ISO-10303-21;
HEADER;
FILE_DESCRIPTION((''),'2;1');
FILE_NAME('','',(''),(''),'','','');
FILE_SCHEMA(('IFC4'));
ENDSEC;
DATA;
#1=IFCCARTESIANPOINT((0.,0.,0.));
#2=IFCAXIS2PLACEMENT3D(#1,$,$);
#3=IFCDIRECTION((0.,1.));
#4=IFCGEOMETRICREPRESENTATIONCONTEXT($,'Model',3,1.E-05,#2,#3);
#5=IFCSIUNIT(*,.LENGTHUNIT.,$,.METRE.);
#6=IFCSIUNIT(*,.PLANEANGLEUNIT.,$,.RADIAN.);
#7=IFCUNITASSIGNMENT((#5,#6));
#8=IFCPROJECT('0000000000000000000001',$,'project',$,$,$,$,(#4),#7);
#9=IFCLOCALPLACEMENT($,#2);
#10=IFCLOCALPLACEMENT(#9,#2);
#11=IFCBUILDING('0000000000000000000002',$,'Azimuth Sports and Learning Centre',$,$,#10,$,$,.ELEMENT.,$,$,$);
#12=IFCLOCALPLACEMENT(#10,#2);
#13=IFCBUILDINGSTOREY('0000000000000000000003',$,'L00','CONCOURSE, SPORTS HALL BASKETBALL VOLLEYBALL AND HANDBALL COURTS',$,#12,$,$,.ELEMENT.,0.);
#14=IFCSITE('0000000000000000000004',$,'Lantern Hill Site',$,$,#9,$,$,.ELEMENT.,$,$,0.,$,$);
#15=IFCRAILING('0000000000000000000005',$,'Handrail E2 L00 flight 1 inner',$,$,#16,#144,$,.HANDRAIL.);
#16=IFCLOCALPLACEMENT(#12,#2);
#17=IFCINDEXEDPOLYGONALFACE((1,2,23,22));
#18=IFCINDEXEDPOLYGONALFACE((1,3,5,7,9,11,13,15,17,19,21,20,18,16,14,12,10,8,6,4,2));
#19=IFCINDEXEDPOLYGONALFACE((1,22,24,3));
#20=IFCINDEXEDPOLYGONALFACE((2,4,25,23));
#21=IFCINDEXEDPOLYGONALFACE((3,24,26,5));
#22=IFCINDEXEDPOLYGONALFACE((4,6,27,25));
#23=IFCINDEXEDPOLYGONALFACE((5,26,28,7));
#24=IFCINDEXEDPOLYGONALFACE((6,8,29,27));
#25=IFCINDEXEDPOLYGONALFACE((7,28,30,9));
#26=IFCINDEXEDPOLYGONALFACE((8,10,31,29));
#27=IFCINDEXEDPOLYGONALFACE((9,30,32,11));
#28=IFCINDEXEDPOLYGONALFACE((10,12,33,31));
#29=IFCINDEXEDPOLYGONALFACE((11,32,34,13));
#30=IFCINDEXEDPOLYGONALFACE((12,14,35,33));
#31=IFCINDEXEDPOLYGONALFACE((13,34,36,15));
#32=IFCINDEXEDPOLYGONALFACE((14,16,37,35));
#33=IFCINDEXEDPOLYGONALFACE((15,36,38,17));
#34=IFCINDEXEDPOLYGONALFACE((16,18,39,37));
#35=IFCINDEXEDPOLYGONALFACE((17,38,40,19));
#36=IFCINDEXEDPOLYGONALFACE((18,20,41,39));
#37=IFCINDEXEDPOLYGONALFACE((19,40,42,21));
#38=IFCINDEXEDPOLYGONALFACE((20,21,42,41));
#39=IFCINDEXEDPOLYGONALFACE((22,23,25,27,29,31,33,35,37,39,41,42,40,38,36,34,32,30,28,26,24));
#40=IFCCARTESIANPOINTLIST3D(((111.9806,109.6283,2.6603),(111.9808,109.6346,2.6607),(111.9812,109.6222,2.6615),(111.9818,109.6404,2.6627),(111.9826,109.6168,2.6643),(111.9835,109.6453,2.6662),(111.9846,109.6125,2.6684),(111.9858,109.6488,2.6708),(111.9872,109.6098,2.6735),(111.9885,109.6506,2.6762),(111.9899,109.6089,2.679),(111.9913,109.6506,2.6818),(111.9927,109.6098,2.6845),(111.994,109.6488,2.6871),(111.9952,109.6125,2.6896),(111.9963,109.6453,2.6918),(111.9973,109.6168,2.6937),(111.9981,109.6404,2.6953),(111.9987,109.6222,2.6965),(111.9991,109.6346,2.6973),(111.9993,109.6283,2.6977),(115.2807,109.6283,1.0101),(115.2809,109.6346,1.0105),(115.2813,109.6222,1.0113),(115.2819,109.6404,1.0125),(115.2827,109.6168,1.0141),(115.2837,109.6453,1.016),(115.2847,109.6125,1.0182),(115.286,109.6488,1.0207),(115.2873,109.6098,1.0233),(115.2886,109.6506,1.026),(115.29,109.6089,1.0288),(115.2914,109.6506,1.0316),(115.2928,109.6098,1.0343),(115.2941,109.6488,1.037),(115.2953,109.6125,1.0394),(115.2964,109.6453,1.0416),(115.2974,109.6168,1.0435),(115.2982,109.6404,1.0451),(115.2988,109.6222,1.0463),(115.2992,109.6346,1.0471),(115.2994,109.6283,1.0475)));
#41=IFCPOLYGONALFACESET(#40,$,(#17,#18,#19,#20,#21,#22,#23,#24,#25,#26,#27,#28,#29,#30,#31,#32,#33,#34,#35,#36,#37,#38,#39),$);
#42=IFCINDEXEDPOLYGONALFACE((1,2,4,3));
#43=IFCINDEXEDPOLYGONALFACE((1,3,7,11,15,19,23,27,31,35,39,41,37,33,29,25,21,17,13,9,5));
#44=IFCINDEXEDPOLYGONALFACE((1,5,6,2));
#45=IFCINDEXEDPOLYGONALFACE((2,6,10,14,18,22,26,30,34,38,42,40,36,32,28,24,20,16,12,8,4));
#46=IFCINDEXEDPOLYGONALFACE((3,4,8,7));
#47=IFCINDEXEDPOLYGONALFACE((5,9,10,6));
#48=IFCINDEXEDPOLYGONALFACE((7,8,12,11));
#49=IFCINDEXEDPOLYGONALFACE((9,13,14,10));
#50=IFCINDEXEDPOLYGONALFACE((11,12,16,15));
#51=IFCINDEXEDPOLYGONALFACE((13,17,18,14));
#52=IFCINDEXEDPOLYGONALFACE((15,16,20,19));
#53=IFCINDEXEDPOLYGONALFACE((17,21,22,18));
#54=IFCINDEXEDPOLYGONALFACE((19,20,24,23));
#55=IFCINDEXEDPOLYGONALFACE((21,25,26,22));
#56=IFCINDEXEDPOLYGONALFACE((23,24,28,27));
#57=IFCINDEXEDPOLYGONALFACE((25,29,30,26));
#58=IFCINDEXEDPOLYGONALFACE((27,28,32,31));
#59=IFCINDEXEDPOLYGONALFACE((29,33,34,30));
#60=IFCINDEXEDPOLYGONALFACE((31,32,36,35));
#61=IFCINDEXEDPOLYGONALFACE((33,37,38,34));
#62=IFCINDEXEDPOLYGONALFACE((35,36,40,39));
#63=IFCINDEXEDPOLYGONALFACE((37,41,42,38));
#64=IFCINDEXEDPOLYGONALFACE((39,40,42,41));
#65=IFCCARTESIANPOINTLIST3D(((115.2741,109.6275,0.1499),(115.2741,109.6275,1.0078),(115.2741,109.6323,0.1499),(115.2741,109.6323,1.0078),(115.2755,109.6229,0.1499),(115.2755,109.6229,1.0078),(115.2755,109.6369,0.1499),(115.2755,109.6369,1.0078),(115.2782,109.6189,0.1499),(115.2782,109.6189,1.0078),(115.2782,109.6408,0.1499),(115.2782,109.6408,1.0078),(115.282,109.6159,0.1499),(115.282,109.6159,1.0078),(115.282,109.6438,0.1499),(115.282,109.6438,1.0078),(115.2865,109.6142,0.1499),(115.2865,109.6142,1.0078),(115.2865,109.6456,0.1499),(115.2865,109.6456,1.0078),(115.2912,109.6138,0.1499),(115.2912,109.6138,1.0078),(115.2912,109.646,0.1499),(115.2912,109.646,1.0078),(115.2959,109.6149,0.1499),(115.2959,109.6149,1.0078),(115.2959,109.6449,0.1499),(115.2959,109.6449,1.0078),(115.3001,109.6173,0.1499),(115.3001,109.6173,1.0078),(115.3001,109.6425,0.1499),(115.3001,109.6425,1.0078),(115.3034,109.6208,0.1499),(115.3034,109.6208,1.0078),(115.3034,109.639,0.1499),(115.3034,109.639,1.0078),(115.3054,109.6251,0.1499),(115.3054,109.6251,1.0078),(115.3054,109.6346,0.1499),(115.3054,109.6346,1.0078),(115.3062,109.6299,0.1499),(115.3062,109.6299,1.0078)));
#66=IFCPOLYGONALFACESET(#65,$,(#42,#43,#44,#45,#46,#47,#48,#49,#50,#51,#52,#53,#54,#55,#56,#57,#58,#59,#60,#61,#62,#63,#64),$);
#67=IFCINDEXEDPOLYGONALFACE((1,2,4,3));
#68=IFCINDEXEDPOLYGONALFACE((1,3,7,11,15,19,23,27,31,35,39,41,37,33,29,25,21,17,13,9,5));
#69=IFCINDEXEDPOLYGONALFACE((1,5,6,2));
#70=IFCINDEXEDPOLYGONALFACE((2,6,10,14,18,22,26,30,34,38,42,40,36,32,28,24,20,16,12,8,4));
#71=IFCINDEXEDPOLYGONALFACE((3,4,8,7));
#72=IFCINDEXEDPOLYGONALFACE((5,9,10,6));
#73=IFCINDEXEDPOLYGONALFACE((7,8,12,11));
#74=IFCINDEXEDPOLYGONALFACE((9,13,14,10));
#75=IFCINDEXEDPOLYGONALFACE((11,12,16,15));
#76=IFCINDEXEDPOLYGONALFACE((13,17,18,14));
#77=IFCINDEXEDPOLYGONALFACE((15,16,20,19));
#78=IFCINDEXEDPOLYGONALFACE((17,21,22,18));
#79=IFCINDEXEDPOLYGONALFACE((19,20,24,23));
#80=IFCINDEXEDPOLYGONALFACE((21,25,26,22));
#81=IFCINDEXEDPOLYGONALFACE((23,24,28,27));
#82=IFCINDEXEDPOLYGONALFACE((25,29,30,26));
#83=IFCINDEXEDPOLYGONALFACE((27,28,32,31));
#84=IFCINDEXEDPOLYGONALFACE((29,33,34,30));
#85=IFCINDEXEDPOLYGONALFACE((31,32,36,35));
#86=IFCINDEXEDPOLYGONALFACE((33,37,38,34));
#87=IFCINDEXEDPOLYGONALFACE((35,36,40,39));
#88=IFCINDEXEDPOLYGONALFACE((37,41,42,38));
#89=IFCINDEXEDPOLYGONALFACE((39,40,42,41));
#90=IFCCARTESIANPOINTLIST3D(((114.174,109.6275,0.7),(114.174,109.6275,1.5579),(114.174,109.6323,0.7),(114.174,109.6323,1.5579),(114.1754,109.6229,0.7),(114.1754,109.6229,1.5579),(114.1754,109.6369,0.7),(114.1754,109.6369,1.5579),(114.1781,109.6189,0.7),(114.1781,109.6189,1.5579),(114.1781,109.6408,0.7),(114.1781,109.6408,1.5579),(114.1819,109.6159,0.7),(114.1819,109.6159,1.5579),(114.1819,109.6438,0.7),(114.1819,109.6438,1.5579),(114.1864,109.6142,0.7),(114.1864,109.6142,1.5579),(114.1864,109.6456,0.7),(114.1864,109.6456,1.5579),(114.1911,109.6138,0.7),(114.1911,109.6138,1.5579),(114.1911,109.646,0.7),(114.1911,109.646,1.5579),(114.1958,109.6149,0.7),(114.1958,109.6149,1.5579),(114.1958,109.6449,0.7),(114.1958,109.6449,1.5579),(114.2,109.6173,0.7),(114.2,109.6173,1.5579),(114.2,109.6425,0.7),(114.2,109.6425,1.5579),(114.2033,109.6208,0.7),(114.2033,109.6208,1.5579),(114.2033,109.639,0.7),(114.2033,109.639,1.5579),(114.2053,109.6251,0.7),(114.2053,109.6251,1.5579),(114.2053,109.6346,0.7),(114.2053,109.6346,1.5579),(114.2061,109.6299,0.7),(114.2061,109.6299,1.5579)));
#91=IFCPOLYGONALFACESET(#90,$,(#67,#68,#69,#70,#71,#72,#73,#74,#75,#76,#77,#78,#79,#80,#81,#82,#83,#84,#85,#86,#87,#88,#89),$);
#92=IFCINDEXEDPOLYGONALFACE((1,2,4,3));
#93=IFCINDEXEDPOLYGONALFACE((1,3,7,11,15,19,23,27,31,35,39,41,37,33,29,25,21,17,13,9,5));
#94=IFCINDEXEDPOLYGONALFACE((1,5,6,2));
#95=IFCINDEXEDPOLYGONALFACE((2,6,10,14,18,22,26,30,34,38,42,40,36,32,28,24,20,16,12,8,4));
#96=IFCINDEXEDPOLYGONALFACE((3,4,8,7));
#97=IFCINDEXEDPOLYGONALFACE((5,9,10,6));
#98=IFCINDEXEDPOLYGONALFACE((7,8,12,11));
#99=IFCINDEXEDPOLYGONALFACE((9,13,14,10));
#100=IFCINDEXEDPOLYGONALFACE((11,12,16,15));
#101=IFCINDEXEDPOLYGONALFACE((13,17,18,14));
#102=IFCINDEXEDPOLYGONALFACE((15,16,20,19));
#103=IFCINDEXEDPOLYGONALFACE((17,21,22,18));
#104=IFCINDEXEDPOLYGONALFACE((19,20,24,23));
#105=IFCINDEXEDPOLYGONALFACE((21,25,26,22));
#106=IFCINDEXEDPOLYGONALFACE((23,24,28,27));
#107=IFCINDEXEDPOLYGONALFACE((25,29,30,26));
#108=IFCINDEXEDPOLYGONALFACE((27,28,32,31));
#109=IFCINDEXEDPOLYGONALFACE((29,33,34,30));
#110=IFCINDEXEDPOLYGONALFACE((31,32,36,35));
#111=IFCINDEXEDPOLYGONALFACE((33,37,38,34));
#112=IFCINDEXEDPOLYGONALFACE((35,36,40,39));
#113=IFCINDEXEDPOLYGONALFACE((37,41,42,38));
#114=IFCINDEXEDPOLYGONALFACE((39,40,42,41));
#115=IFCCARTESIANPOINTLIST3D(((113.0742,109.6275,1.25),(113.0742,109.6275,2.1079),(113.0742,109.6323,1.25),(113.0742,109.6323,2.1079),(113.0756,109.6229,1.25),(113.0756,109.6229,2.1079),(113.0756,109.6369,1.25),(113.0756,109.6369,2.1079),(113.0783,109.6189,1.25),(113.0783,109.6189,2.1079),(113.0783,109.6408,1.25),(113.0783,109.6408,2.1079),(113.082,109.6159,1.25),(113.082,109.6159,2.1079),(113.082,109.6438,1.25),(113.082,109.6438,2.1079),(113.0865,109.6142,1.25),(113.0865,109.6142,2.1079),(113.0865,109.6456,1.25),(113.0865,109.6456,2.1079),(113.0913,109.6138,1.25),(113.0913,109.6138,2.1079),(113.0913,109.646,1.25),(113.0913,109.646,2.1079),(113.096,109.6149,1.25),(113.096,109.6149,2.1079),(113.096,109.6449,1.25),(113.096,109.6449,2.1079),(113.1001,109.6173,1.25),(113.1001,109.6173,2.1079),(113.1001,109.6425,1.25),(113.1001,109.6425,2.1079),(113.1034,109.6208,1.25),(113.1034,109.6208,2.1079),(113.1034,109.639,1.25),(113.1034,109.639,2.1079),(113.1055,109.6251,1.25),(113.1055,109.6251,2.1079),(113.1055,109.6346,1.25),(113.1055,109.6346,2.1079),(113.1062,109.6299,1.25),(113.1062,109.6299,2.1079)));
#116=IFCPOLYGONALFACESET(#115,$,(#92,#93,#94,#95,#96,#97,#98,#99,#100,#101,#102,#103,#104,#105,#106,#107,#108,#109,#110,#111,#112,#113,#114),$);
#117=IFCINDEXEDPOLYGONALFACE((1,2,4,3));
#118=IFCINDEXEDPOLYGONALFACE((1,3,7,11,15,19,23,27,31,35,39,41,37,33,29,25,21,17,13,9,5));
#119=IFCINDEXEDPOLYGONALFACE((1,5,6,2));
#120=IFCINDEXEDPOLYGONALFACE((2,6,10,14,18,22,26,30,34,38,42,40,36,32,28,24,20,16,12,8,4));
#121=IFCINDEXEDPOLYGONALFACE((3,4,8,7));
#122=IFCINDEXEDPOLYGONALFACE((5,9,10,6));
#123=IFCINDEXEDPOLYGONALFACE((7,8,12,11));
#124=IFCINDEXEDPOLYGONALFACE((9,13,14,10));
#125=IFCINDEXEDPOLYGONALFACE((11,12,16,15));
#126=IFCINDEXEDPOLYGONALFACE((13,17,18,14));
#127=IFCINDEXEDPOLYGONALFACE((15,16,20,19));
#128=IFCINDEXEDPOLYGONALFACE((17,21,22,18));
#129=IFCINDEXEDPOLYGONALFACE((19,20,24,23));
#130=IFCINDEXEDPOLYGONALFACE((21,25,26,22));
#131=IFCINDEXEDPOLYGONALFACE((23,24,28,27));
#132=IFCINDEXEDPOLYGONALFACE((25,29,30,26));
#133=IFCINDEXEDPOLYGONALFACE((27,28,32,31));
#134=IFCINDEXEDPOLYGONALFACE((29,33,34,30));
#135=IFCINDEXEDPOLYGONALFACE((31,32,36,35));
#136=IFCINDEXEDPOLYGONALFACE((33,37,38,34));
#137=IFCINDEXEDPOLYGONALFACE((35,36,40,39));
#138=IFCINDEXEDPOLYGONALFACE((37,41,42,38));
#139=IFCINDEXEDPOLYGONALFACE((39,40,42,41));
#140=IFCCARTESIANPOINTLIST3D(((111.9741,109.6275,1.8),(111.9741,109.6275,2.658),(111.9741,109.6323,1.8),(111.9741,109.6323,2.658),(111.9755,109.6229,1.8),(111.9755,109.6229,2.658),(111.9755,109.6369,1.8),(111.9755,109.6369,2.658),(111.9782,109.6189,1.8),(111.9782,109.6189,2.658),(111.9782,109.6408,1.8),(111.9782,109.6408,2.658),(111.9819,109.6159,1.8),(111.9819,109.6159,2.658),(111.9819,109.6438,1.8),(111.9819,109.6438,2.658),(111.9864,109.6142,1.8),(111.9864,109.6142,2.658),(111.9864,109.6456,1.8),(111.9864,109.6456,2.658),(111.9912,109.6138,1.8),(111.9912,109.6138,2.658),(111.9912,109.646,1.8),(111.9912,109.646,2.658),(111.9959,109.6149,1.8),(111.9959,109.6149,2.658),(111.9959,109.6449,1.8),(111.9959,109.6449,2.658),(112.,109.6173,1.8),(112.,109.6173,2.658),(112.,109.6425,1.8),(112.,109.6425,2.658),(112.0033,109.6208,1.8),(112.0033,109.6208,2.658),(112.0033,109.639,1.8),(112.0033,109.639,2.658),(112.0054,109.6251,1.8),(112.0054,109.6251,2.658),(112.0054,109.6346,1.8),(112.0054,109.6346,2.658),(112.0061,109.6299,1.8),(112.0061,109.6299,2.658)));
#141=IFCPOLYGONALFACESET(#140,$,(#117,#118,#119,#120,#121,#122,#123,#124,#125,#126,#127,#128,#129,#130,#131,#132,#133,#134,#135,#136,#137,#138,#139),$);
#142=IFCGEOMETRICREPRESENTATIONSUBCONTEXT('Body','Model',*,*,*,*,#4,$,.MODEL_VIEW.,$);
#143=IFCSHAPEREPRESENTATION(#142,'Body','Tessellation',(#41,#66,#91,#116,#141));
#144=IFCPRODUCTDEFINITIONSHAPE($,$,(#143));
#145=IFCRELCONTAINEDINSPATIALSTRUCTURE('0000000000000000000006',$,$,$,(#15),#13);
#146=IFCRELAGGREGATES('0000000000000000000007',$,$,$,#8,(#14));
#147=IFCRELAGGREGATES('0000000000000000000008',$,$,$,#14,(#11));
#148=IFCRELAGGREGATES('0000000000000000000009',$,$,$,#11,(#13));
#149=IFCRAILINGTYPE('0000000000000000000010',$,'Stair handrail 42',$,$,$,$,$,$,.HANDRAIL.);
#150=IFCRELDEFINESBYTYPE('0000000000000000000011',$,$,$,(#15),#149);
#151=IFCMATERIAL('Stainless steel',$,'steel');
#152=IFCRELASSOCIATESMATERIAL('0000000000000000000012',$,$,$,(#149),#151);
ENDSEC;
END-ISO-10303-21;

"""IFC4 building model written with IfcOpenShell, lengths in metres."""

from ifc_helpers import new_model, si_unit, direction, frame, origin, origin_2d, place, context, subcontext, project, spatial, circle, extrude, material, type_object, element, save


model = new_model("IFC4")

# Units and contexts
model_context = context("Model", 3, precision=1e-05, world=origin(), true_north=direction((0.0, 1.0)))
body_context = subcontext(model_context, "Body", "Model", "MODEL_VIEW")
ifc_project = project(units=[si_unit("LENGTHUNIT", "METRE"), si_unit("PLANEANGLEUNIT", "RADIAN")], contexts=[model_context])

# Site, building, storey
site_placement = place(None, origin())
site = spatial("IfcSite", under=ifc_project, at=site_placement, Name="Lantern Hill Site", CompositionType="ELEMENT", RefElevation=0.0)
building_placement = place(site_placement, origin())
building = spatial("IfcBuilding", under=site, at=building_placement, Name="Azimuth Sports and Learning Centre", CompositionType="ELEMENT")
storey_placement = place(building_placement, origin())
storey = spatial("IfcBuildingStorey", under=building, at=storey_placement, Name="L00", Description="CONCOURSE, SPORTS HALL BASKETBALL VOLLEYBALL AND HANDBALL COURTS", CompositionType="ELEMENT", Elevation=0.0)

# Railing
ifc_material_1 = material(Name="Stainless steel", Category="steel")
railing_type_1 = type_object("IfcRailingType", Name="Stair handrail 42", PredefinedType="HANDRAIL", material=ifc_material_1)
for number, where, name in (
    (1, (115.29, 109.6299, 0.1499), "Handrail E2 L00 flight 1 inner"),
):
    element("IfcRailing", number, at=place(storey_placement, frame(where)), inside=storey, type_object=railing_type_1, Name=name, PredefinedType="HANDRAIL", context=body_context, shape_type="SweptSolid", body=[
        extrude(circle(Radius=0.021, at=origin_2d()), frame((0.0, 0.0, 0.8789), z_axis=(-0.894414, 0.0, 0.44724), x_axis=(0.0, -1.0, 0.0)), (0.0, 0.0, 1.0), 3.6897),
        extrude(circle(Radius=0.0161, at=origin_2d()), origin(), (0.0, 0.0, 1.0), 0.8579),
        extrude(circle(Radius=0.0161, at=origin_2d()), frame((-1.1001, 0.0, 0.55)), (0.0, 0.0, 1.0), 0.8579),
        extrude(circle(Radius=0.0161, at=origin_2d()), frame((-2.2, 0.0, 1.1001)), (0.0, 0.0, 1.0), 0.8579),
        extrude(circle(Radius=0.0161, at=origin_2d()), frame((-3.3, 0.0, 1.6501)), (0.0, 0.0, 1.0), 0.8579),
    ])

save(model, "model.ifc")
